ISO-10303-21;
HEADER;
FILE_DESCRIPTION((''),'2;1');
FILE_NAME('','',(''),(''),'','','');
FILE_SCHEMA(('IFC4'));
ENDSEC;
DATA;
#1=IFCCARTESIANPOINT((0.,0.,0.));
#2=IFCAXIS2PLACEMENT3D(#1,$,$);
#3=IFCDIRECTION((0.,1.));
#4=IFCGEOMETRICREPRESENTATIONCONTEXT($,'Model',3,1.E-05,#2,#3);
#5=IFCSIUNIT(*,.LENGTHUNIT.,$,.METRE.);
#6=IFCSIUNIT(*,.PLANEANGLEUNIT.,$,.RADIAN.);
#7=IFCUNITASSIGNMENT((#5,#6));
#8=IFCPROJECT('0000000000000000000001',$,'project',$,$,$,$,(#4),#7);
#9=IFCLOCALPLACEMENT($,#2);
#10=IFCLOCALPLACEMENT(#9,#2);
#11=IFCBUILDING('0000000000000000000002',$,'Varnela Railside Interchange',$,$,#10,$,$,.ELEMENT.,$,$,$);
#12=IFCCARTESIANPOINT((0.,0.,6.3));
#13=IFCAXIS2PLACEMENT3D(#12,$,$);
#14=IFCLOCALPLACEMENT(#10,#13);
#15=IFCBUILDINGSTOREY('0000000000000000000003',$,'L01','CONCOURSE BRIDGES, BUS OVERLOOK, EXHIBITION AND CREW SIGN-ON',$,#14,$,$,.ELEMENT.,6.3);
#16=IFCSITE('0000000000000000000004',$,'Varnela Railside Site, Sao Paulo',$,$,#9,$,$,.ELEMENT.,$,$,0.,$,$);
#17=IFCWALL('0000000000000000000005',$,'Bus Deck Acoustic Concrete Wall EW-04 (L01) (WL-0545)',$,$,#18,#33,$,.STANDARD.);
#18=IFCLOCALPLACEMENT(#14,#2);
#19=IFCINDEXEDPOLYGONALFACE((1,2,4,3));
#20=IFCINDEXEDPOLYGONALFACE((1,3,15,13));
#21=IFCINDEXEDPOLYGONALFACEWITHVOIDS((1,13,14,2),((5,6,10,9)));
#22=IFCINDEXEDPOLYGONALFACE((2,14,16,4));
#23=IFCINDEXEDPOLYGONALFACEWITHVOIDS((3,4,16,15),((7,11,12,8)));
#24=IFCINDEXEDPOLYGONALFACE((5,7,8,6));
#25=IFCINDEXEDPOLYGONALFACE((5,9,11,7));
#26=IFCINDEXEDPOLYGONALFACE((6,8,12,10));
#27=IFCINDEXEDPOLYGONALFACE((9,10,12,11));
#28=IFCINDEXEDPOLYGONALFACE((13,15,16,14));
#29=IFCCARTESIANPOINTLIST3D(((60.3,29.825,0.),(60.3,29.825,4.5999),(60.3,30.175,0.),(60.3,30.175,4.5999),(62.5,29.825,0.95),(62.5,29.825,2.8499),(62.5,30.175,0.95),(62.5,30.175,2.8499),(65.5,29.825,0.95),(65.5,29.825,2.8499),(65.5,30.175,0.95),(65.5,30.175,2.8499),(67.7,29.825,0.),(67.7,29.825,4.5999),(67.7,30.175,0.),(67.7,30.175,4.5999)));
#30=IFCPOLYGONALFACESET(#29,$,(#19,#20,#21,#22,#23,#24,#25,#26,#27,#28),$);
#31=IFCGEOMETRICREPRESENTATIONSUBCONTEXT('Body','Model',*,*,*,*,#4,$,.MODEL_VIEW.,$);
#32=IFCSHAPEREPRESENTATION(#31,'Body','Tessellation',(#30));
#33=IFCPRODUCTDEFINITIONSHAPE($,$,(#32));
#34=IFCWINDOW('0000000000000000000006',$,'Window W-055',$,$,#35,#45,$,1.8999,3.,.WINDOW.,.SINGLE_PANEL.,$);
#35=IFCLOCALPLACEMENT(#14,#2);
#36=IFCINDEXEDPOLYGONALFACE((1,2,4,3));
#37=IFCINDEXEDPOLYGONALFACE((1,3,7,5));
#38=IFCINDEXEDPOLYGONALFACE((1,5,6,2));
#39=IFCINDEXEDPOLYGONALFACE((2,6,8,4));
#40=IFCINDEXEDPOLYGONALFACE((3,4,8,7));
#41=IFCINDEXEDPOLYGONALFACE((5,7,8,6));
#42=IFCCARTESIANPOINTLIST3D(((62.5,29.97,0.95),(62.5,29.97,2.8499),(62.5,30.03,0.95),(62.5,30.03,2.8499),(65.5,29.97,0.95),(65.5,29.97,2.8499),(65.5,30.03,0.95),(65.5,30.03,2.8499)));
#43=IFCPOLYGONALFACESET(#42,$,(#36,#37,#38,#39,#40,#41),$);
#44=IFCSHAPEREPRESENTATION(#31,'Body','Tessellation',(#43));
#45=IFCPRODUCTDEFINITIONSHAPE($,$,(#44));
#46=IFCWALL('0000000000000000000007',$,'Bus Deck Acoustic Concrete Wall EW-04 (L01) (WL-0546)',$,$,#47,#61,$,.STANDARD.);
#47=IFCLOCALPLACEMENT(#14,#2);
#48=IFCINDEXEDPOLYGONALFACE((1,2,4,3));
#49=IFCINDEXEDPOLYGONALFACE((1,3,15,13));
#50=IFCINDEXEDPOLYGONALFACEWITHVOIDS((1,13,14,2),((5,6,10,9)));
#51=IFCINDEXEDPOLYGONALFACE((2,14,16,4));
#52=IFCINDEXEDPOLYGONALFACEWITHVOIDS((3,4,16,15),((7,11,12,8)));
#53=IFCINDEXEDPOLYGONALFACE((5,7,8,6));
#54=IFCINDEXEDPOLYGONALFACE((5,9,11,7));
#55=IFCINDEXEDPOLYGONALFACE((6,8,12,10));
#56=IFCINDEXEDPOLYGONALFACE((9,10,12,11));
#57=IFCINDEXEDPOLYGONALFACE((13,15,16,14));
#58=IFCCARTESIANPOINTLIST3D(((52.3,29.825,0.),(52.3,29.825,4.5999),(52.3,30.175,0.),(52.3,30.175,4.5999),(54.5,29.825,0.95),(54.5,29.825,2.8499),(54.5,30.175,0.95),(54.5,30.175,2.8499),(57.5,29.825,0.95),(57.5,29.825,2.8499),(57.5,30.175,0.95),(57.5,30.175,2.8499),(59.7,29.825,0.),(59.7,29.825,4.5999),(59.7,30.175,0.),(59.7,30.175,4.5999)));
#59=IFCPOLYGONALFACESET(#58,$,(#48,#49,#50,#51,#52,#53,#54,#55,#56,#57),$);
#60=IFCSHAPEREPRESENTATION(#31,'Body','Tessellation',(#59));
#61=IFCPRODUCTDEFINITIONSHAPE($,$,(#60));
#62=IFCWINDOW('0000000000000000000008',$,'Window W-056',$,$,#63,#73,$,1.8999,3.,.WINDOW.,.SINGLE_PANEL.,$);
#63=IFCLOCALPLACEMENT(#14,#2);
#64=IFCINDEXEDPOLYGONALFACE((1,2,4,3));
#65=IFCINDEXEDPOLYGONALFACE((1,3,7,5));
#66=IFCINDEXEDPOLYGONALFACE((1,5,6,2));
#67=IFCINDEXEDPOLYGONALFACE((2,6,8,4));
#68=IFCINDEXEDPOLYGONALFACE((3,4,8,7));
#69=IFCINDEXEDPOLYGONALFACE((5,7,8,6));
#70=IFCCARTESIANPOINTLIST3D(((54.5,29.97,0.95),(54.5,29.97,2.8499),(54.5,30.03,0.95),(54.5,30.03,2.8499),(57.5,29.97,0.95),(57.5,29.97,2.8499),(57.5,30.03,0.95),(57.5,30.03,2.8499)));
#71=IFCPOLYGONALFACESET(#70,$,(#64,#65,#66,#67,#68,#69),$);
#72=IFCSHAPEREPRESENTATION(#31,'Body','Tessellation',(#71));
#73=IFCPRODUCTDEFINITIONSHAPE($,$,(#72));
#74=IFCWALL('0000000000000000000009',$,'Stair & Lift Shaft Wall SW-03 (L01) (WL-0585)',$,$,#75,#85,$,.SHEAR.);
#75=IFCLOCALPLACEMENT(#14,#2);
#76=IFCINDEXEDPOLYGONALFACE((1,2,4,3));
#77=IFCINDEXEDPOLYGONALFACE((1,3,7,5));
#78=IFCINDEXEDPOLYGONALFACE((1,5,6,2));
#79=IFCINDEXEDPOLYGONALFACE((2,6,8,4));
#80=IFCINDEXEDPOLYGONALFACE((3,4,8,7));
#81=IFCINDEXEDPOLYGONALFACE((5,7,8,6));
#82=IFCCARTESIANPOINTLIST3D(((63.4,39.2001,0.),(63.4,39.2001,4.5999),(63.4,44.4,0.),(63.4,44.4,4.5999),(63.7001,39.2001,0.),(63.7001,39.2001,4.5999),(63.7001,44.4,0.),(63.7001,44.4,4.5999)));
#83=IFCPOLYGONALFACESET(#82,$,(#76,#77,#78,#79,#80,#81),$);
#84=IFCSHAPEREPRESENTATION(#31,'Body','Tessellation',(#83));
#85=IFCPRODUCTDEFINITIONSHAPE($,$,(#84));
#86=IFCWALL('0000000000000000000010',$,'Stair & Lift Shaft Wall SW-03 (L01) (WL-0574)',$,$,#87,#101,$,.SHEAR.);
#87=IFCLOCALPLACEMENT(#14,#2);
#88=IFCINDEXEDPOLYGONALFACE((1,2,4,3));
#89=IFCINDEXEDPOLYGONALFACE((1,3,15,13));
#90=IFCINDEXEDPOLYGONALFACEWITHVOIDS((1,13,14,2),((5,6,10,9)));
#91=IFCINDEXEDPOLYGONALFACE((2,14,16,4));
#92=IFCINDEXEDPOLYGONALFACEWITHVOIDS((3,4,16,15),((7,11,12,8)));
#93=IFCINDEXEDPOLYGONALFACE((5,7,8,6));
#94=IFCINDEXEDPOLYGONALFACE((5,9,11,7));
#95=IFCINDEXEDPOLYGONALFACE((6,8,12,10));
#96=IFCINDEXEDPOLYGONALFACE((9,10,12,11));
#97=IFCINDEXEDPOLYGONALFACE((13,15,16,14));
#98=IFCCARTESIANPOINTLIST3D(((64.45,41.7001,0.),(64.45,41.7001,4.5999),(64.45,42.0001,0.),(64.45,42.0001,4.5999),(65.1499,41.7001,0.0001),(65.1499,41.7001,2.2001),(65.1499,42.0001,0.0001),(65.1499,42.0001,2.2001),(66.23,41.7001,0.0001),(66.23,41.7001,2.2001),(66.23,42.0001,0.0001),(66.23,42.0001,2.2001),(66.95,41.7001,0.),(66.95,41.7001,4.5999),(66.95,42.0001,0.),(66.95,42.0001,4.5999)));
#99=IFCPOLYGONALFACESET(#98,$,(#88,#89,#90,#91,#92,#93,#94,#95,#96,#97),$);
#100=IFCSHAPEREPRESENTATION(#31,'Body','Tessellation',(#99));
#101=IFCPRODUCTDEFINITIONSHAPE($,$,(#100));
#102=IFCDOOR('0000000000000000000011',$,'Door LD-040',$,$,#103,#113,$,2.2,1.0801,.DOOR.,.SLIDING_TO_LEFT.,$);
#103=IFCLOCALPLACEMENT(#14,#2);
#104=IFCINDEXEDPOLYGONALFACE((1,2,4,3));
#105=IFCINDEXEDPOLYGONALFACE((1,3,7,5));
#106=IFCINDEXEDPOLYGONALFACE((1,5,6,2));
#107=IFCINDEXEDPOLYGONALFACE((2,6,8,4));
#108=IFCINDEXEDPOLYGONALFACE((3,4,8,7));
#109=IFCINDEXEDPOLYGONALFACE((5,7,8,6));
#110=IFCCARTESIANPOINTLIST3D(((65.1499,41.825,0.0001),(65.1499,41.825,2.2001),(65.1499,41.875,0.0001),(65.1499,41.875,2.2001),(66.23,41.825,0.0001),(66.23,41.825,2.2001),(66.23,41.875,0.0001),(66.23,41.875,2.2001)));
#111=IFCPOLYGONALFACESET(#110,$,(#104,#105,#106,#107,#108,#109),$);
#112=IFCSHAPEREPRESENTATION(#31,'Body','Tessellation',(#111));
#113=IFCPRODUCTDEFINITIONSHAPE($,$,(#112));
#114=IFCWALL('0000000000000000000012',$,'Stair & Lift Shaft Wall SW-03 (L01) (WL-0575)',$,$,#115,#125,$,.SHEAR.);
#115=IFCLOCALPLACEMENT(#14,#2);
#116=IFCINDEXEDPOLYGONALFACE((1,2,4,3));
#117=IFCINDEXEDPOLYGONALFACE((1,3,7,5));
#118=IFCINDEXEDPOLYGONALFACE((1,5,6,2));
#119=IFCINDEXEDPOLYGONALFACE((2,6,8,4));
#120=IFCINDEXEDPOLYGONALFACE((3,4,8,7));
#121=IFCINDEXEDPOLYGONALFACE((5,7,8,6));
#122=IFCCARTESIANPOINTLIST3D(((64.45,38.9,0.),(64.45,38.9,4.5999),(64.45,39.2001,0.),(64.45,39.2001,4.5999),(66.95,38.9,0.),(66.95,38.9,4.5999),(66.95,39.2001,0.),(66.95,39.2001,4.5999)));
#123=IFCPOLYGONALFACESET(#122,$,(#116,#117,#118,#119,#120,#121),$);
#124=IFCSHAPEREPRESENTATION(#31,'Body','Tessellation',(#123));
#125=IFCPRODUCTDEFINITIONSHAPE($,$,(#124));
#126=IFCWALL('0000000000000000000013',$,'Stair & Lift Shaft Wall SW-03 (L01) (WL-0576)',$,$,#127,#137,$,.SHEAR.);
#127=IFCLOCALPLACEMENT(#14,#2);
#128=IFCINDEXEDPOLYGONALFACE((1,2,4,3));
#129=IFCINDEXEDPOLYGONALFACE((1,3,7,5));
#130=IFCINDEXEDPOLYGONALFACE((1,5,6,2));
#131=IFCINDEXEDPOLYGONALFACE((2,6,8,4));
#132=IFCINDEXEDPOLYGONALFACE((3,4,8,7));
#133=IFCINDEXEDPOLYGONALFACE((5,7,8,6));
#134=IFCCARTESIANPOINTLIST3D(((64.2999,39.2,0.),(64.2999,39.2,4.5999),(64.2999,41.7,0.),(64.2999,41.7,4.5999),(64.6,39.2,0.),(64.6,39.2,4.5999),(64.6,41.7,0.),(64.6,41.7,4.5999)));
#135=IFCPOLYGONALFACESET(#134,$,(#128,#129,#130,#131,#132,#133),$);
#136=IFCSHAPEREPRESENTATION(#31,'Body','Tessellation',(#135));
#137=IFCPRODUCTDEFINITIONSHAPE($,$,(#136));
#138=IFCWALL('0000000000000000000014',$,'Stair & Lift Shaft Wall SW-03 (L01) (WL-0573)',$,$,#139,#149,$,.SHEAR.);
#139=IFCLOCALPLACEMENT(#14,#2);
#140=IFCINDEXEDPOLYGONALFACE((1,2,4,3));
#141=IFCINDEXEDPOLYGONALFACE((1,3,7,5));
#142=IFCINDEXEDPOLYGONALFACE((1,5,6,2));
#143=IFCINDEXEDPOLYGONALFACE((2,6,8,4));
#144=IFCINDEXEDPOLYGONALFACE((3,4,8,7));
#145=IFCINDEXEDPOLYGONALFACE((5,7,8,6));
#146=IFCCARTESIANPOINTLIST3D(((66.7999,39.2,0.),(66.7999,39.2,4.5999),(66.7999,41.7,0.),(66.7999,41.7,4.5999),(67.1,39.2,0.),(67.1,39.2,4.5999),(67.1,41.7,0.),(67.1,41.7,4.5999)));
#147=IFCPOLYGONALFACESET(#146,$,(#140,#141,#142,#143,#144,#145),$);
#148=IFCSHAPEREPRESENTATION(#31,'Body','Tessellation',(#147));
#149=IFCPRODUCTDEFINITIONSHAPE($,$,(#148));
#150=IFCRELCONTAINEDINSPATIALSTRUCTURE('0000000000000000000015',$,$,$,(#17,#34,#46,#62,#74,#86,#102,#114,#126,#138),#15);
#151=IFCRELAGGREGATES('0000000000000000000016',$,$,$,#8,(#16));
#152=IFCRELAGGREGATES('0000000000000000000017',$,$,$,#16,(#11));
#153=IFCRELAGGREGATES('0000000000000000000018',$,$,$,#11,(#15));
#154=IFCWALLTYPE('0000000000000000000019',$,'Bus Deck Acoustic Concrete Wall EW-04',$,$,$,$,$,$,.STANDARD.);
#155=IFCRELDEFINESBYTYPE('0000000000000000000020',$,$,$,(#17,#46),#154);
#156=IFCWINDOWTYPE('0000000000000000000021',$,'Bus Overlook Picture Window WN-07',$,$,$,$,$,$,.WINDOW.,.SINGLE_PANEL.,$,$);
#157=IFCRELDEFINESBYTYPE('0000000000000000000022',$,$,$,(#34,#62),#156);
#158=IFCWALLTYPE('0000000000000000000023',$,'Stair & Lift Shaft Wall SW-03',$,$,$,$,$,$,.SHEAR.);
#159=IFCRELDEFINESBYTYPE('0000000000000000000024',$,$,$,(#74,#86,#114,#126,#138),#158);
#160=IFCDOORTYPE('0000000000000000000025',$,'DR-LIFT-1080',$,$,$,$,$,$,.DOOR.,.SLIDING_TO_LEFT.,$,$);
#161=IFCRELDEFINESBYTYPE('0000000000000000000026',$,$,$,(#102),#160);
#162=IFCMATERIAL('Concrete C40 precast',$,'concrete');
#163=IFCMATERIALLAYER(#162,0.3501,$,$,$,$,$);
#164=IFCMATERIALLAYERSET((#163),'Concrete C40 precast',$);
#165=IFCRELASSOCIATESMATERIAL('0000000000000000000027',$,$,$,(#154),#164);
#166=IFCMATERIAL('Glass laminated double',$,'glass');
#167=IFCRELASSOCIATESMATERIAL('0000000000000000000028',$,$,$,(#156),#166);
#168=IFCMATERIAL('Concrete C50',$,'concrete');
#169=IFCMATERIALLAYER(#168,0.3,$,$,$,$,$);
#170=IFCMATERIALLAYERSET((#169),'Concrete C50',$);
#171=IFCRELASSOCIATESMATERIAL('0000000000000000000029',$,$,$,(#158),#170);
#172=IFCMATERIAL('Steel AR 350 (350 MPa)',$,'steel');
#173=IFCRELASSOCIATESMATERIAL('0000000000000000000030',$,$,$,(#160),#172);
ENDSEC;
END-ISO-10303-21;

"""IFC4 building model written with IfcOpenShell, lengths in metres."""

from ifc_helpers import new_model, si_unit, direction, frame, frame_2d, origin, place, context, subcontext, project, spatial, rectangle, extrude, material, layer, layer_set, type_object, element, fill, save


model = new_model("IFC4")

# Units and contexts
model_context = context("Model", 3, precision=1e-05, world=origin(), true_north=direction((0.0, 1.0)))
body_context = subcontext(model_context, "Body", "Model", "MODEL_VIEW")
ifc_project = project(units=[si_unit("LENGTHUNIT", "METRE"), si_unit("PLANEANGLEUNIT", "RADIAN")], contexts=[model_context])

# Site, building, storey
site_placement = place(None, origin())
site = spatial("IfcSite", under=ifc_project, at=site_placement, Name="Varnela Railside Site, Sao Paulo", CompositionType="ELEMENT", RefElevation=0.0)
building_placement = place(site_placement, origin())
building = spatial("IfcBuilding", under=site, at=building_placement, Name="Varnela Railside Interchange", CompositionType="ELEMENT")
storey_placement = place(building_placement, frame((0.0, 0.0, 6.3)))
storey = spatial("IfcBuildingStorey", under=building, at=storey_placement, Name="L01", Description="CONCOURSE BRIDGES, BUS OVERLOOK, EXHIBITION AND CREW SIGN-ON", CompositionType="ELEMENT", Elevation=6.3)

# Shared definitions
ifc_material_1 = material(Name="Concrete C50", Category="concrete")

# Shared definitions
ifc_material_2 = material(Name="Steel AR 350 (350 MPa)", Category="steel")
ifc_material_3 = material(Name="Concrete C40 precast", Category="concrete")

# Walls, openings, windows
ifc_layer_1 = layer(ifc_material_3, 0.3501)
ifc_layer_set_1 = layer_set([ifc_layer_1], Name="Concrete C40 precast")
wall_type_1 = type_object("IfcWallType", Name="Bus Deck Acoustic Concrete Wall EW-04", PredefinedType="STANDARD", material=ifc_layer_set_1)
wall_1_placement = place(storey_placement, frame((67.7, 30.0, 0.0), z_axis=(0.0, 0.0, 1.0), x_axis=(-1.0, 0.0, 0.0)))
wall_1 = element("IfcWall", 1, at=wall_1_placement, inside=storey, type_object=wall_type_1, Name="Bus Deck Acoustic Concrete Wall EW-04 (L01) (WL-0545)", PredefinedType="STANDARD", context=body_context, shape_type="SweptSolid", body=[
    extrude(rectangle(XDim=7.3999, YDim=0.3501, at=frame_2d((3.7, 0.0))), origin(), (0.0, 0.0, 1.0), 4.5999),
])
opening_1_placement = place(wall_1_placement, frame((2.2, 0.0, 0.95)))
opening_1 = element("IfcOpeningElement", 2, at=opening_1_placement, cuts=wall_1, PredefinedType="OPENING", context=body_context, shape_type="SweptSolid", body=[
    extrude(rectangle(XDim=3.0, YDim=1.8999, at=frame_2d((1.5, 0.95))), frame((0.0, 0.1851, 0.0), z_axis=(0.0, -1.0, 0.0), x_axis=(1.0, 0.0, 0.0)), (0.0, 0.0, 1.0), 0.3701),
])
ifc_material_4 = material(Name="Glass laminated double", Category="glass")
window_type = type_object("IfcWindowType", Name="Bus Overlook Picture Window WN-07", PartitioningType="SINGLE_PANEL", PredefinedType="WINDOW", material=ifc_material_4)
window_1_placement = place(opening_1_placement, origin())
window_1 = element("IfcWindow", 3, at=window_1_placement, inside=storey, type_object=window_type, Name="Window W-055", OverallHeight=1.8999, OverallWidth=3.0, PartitioningType="SINGLE_PANEL", PredefinedType="WINDOW", context=body_context, shape_type="SweptSolid", body=[
    extrude(rectangle(XDim=3.0, YDim=1.8999, at=frame_2d((1.5, 0.95))), frame((0.0, 0.03, 0.0), z_axis=(0.0, -1.0, 0.0), x_axis=(1.0, 0.0, 0.0)), (0.0, 0.0, 1.0), 0.0601),
])
fill(opening_1, window_1)
wall_2_placement = place(storey_placement, frame((59.7, 30.0, 0.0), z_axis=(0.0, 0.0, 1.0), x_axis=(-1.0, 0.0, 0.0)))
wall_2 = element("IfcWall", 4, at=wall_2_placement, inside=storey, type_object=wall_type_1, Name="Bus Deck Acoustic Concrete Wall EW-04 (L01) (WL-0546)", PredefinedType="STANDARD", context=body_context, shape_type="SweptSolid", body=[
    extrude(rectangle(XDim=7.3999, YDim=0.3501, at=frame_2d((3.7, 0.0))), origin(), (0.0, 0.0, 1.0), 4.5999),
])
opening_2_placement = place(wall_2_placement, frame((2.2, 0.0, 0.95)))
opening_2 = element("IfcOpeningElement", 5, at=opening_2_placement, cuts=wall_2, PredefinedType="OPENING", context=body_context, shape_type="SweptSolid", body=[
    extrude(rectangle(XDim=3.0, YDim=1.8999, at=frame_2d((1.5, 0.95))), frame((0.0, 0.1851, 0.0), z_axis=(0.0, -1.0, 0.0), x_axis=(1.0, 0.0, 0.0)), (0.0, 0.0, 1.0), 0.3701),
])
window_2_placement = place(opening_2_placement, origin())
window_2 = element("IfcWindow", 6, at=window_2_placement, inside=storey, type_object=window_type, Name="Window W-056", OverallHeight=1.8999, OverallWidth=3.0, PartitioningType="SINGLE_PANEL", PredefinedType="WINDOW", context=body_context, shape_type="SweptSolid", body=[
    extrude(rectangle(XDim=3.0, YDim=1.8999, at=frame_2d((1.5, 0.95))), frame((0.0, 0.03, 0.0), z_axis=(0.0, -1.0, 0.0), x_axis=(1.0, 0.0, 0.0)), (0.0, 0.0, 1.0), 0.0601),
])
fill(opening_2, window_2)

# Wall
ifc_layer_2 = layer(ifc_material_1, 0.3)
ifc_layer_set_2 = layer_set([ifc_layer_2], Name="Concrete C50")
wall_type_2 = type_object("IfcWallType", Name="Stair & Lift Shaft Wall SW-03", PredefinedType="SHEAR", material=ifc_layer_set_2)
wall_3_placement = place(storey_placement, frame((63.55, 39.2, 0.0), z_axis=(0.0, 0.0, 1.0), x_axis=(0.0, 1.0, 0.0)))
element("IfcWall", 7, at=wall_3_placement, inside=storey, type_object=wall_type_2, Name="Stair & Lift Shaft Wall SW-03 (L01) (WL-0585)", PredefinedType="SHEAR", context=body_context, shape_type="SweptSolid", body=[
    extrude(rectangle(XDim=5.2, YDim=0.3, at=frame_2d((2.6001, 0.0))), origin(), (0.0, 0.0, 1.0), 4.5999),
])

# Wall, opening, door
wall_4_placement = place(storey_placement, frame((64.45, 41.8501, 0.0), z_axis=(0.0, 0.0, 1.0), x_axis=(1.0, 0.0, 0.0)))
wall_4 = element("IfcWall", 8, at=wall_4_placement, inside=storey, type_object=wall_type_2, Name="Stair & Lift Shaft Wall SW-03 (L01) (WL-0574)", PredefinedType="SHEAR", context=body_context, shape_type="SweptSolid", body=[
    extrude(rectangle(XDim=2.5, YDim=0.3, at=frame_2d((1.25, 0.0))), origin(), (0.0, 0.0, 1.0), 4.5999),
])
opening_3_placement = place(wall_4_placement, frame((0.7, 0.0, 0.0)))
opening_3 = element("IfcOpeningElement", 9, at=opening_3_placement, cuts=wall_4, PredefinedType="OPENING", context=body_context, shape_type="SweptSolid", body=[
    extrude(rectangle(XDim=1.0801, YDim=2.2, at=frame_2d((0.54, 1.1001))), frame((0.0, 0.1599, 0.0), z_axis=(0.0, -1.0, 0.0), x_axis=(1.0, 0.0, 0.0)), (0.0, 0.0, 1.0), 0.3201),
])
door_type = type_object("IfcDoorType", Name="DR-LIFT-1080", OperationType="SLIDING_TO_LEFT", PredefinedType="DOOR", material=ifc_material_2)
door_placement = place(opening_3_placement, origin())
door = element("IfcDoor", 10, at=door_placement, inside=storey, type_object=door_type, Name="Door LD-040", OperationType="SLIDING_TO_LEFT", OverallHeight=2.2, OverallWidth=1.0801, PredefinedType="DOOR", context=body_context, shape_type="SweptSolid", body=[
    extrude(rectangle(XDim=1.0801, YDim=2.2, at=frame_2d((0.54, 1.1001))), frame((0.0, 0.0249, 0.0), z_axis=(0.0, -1.0, 0.0), x_axis=(1.0, 0.0, 0.0)), (0.0, 0.0, 1.0), 0.05),
])
fill(opening_3, door)

# Walls
for number, where, z_axis, x_axis, name in (
    (11, (64.45, 39.05, 0.0), (0.0, 0.0, 1.0), (1.0, 0.0, 0.0), "Stair & Lift Shaft Wall SW-03 (L01) (WL-0575)"),
    (12, (64.45, 39.2, 0.0), (0.0, 0.0, 1.0), (0.0, 1.0, 0.0), "Stair & Lift Shaft Wall SW-03 (L01) (WL-0576)"),
    (13, (66.95, 39.2, 0.0), (0.0, 0.0, 1.0), (0.0, 1.0, 0.0), "Stair & Lift Shaft Wall SW-03 (L01) (WL-0573)"),
):
    element("IfcWall", number, at=place(storey_placement, frame(where, z_axis=z_axis, x_axis=x_axis)), inside=storey, type_object=wall_type_2, Name=name, PredefinedType="SHEAR", context=body_context, shape_type="SweptSolid", body=[
        extrude(rectangle(XDim=2.5, YDim=0.3, at=frame_2d((1.25, 0.0))), origin(), (0.0, 0.0, 1.0), 4.5999),
    ])

save(model, "model.ifc")
